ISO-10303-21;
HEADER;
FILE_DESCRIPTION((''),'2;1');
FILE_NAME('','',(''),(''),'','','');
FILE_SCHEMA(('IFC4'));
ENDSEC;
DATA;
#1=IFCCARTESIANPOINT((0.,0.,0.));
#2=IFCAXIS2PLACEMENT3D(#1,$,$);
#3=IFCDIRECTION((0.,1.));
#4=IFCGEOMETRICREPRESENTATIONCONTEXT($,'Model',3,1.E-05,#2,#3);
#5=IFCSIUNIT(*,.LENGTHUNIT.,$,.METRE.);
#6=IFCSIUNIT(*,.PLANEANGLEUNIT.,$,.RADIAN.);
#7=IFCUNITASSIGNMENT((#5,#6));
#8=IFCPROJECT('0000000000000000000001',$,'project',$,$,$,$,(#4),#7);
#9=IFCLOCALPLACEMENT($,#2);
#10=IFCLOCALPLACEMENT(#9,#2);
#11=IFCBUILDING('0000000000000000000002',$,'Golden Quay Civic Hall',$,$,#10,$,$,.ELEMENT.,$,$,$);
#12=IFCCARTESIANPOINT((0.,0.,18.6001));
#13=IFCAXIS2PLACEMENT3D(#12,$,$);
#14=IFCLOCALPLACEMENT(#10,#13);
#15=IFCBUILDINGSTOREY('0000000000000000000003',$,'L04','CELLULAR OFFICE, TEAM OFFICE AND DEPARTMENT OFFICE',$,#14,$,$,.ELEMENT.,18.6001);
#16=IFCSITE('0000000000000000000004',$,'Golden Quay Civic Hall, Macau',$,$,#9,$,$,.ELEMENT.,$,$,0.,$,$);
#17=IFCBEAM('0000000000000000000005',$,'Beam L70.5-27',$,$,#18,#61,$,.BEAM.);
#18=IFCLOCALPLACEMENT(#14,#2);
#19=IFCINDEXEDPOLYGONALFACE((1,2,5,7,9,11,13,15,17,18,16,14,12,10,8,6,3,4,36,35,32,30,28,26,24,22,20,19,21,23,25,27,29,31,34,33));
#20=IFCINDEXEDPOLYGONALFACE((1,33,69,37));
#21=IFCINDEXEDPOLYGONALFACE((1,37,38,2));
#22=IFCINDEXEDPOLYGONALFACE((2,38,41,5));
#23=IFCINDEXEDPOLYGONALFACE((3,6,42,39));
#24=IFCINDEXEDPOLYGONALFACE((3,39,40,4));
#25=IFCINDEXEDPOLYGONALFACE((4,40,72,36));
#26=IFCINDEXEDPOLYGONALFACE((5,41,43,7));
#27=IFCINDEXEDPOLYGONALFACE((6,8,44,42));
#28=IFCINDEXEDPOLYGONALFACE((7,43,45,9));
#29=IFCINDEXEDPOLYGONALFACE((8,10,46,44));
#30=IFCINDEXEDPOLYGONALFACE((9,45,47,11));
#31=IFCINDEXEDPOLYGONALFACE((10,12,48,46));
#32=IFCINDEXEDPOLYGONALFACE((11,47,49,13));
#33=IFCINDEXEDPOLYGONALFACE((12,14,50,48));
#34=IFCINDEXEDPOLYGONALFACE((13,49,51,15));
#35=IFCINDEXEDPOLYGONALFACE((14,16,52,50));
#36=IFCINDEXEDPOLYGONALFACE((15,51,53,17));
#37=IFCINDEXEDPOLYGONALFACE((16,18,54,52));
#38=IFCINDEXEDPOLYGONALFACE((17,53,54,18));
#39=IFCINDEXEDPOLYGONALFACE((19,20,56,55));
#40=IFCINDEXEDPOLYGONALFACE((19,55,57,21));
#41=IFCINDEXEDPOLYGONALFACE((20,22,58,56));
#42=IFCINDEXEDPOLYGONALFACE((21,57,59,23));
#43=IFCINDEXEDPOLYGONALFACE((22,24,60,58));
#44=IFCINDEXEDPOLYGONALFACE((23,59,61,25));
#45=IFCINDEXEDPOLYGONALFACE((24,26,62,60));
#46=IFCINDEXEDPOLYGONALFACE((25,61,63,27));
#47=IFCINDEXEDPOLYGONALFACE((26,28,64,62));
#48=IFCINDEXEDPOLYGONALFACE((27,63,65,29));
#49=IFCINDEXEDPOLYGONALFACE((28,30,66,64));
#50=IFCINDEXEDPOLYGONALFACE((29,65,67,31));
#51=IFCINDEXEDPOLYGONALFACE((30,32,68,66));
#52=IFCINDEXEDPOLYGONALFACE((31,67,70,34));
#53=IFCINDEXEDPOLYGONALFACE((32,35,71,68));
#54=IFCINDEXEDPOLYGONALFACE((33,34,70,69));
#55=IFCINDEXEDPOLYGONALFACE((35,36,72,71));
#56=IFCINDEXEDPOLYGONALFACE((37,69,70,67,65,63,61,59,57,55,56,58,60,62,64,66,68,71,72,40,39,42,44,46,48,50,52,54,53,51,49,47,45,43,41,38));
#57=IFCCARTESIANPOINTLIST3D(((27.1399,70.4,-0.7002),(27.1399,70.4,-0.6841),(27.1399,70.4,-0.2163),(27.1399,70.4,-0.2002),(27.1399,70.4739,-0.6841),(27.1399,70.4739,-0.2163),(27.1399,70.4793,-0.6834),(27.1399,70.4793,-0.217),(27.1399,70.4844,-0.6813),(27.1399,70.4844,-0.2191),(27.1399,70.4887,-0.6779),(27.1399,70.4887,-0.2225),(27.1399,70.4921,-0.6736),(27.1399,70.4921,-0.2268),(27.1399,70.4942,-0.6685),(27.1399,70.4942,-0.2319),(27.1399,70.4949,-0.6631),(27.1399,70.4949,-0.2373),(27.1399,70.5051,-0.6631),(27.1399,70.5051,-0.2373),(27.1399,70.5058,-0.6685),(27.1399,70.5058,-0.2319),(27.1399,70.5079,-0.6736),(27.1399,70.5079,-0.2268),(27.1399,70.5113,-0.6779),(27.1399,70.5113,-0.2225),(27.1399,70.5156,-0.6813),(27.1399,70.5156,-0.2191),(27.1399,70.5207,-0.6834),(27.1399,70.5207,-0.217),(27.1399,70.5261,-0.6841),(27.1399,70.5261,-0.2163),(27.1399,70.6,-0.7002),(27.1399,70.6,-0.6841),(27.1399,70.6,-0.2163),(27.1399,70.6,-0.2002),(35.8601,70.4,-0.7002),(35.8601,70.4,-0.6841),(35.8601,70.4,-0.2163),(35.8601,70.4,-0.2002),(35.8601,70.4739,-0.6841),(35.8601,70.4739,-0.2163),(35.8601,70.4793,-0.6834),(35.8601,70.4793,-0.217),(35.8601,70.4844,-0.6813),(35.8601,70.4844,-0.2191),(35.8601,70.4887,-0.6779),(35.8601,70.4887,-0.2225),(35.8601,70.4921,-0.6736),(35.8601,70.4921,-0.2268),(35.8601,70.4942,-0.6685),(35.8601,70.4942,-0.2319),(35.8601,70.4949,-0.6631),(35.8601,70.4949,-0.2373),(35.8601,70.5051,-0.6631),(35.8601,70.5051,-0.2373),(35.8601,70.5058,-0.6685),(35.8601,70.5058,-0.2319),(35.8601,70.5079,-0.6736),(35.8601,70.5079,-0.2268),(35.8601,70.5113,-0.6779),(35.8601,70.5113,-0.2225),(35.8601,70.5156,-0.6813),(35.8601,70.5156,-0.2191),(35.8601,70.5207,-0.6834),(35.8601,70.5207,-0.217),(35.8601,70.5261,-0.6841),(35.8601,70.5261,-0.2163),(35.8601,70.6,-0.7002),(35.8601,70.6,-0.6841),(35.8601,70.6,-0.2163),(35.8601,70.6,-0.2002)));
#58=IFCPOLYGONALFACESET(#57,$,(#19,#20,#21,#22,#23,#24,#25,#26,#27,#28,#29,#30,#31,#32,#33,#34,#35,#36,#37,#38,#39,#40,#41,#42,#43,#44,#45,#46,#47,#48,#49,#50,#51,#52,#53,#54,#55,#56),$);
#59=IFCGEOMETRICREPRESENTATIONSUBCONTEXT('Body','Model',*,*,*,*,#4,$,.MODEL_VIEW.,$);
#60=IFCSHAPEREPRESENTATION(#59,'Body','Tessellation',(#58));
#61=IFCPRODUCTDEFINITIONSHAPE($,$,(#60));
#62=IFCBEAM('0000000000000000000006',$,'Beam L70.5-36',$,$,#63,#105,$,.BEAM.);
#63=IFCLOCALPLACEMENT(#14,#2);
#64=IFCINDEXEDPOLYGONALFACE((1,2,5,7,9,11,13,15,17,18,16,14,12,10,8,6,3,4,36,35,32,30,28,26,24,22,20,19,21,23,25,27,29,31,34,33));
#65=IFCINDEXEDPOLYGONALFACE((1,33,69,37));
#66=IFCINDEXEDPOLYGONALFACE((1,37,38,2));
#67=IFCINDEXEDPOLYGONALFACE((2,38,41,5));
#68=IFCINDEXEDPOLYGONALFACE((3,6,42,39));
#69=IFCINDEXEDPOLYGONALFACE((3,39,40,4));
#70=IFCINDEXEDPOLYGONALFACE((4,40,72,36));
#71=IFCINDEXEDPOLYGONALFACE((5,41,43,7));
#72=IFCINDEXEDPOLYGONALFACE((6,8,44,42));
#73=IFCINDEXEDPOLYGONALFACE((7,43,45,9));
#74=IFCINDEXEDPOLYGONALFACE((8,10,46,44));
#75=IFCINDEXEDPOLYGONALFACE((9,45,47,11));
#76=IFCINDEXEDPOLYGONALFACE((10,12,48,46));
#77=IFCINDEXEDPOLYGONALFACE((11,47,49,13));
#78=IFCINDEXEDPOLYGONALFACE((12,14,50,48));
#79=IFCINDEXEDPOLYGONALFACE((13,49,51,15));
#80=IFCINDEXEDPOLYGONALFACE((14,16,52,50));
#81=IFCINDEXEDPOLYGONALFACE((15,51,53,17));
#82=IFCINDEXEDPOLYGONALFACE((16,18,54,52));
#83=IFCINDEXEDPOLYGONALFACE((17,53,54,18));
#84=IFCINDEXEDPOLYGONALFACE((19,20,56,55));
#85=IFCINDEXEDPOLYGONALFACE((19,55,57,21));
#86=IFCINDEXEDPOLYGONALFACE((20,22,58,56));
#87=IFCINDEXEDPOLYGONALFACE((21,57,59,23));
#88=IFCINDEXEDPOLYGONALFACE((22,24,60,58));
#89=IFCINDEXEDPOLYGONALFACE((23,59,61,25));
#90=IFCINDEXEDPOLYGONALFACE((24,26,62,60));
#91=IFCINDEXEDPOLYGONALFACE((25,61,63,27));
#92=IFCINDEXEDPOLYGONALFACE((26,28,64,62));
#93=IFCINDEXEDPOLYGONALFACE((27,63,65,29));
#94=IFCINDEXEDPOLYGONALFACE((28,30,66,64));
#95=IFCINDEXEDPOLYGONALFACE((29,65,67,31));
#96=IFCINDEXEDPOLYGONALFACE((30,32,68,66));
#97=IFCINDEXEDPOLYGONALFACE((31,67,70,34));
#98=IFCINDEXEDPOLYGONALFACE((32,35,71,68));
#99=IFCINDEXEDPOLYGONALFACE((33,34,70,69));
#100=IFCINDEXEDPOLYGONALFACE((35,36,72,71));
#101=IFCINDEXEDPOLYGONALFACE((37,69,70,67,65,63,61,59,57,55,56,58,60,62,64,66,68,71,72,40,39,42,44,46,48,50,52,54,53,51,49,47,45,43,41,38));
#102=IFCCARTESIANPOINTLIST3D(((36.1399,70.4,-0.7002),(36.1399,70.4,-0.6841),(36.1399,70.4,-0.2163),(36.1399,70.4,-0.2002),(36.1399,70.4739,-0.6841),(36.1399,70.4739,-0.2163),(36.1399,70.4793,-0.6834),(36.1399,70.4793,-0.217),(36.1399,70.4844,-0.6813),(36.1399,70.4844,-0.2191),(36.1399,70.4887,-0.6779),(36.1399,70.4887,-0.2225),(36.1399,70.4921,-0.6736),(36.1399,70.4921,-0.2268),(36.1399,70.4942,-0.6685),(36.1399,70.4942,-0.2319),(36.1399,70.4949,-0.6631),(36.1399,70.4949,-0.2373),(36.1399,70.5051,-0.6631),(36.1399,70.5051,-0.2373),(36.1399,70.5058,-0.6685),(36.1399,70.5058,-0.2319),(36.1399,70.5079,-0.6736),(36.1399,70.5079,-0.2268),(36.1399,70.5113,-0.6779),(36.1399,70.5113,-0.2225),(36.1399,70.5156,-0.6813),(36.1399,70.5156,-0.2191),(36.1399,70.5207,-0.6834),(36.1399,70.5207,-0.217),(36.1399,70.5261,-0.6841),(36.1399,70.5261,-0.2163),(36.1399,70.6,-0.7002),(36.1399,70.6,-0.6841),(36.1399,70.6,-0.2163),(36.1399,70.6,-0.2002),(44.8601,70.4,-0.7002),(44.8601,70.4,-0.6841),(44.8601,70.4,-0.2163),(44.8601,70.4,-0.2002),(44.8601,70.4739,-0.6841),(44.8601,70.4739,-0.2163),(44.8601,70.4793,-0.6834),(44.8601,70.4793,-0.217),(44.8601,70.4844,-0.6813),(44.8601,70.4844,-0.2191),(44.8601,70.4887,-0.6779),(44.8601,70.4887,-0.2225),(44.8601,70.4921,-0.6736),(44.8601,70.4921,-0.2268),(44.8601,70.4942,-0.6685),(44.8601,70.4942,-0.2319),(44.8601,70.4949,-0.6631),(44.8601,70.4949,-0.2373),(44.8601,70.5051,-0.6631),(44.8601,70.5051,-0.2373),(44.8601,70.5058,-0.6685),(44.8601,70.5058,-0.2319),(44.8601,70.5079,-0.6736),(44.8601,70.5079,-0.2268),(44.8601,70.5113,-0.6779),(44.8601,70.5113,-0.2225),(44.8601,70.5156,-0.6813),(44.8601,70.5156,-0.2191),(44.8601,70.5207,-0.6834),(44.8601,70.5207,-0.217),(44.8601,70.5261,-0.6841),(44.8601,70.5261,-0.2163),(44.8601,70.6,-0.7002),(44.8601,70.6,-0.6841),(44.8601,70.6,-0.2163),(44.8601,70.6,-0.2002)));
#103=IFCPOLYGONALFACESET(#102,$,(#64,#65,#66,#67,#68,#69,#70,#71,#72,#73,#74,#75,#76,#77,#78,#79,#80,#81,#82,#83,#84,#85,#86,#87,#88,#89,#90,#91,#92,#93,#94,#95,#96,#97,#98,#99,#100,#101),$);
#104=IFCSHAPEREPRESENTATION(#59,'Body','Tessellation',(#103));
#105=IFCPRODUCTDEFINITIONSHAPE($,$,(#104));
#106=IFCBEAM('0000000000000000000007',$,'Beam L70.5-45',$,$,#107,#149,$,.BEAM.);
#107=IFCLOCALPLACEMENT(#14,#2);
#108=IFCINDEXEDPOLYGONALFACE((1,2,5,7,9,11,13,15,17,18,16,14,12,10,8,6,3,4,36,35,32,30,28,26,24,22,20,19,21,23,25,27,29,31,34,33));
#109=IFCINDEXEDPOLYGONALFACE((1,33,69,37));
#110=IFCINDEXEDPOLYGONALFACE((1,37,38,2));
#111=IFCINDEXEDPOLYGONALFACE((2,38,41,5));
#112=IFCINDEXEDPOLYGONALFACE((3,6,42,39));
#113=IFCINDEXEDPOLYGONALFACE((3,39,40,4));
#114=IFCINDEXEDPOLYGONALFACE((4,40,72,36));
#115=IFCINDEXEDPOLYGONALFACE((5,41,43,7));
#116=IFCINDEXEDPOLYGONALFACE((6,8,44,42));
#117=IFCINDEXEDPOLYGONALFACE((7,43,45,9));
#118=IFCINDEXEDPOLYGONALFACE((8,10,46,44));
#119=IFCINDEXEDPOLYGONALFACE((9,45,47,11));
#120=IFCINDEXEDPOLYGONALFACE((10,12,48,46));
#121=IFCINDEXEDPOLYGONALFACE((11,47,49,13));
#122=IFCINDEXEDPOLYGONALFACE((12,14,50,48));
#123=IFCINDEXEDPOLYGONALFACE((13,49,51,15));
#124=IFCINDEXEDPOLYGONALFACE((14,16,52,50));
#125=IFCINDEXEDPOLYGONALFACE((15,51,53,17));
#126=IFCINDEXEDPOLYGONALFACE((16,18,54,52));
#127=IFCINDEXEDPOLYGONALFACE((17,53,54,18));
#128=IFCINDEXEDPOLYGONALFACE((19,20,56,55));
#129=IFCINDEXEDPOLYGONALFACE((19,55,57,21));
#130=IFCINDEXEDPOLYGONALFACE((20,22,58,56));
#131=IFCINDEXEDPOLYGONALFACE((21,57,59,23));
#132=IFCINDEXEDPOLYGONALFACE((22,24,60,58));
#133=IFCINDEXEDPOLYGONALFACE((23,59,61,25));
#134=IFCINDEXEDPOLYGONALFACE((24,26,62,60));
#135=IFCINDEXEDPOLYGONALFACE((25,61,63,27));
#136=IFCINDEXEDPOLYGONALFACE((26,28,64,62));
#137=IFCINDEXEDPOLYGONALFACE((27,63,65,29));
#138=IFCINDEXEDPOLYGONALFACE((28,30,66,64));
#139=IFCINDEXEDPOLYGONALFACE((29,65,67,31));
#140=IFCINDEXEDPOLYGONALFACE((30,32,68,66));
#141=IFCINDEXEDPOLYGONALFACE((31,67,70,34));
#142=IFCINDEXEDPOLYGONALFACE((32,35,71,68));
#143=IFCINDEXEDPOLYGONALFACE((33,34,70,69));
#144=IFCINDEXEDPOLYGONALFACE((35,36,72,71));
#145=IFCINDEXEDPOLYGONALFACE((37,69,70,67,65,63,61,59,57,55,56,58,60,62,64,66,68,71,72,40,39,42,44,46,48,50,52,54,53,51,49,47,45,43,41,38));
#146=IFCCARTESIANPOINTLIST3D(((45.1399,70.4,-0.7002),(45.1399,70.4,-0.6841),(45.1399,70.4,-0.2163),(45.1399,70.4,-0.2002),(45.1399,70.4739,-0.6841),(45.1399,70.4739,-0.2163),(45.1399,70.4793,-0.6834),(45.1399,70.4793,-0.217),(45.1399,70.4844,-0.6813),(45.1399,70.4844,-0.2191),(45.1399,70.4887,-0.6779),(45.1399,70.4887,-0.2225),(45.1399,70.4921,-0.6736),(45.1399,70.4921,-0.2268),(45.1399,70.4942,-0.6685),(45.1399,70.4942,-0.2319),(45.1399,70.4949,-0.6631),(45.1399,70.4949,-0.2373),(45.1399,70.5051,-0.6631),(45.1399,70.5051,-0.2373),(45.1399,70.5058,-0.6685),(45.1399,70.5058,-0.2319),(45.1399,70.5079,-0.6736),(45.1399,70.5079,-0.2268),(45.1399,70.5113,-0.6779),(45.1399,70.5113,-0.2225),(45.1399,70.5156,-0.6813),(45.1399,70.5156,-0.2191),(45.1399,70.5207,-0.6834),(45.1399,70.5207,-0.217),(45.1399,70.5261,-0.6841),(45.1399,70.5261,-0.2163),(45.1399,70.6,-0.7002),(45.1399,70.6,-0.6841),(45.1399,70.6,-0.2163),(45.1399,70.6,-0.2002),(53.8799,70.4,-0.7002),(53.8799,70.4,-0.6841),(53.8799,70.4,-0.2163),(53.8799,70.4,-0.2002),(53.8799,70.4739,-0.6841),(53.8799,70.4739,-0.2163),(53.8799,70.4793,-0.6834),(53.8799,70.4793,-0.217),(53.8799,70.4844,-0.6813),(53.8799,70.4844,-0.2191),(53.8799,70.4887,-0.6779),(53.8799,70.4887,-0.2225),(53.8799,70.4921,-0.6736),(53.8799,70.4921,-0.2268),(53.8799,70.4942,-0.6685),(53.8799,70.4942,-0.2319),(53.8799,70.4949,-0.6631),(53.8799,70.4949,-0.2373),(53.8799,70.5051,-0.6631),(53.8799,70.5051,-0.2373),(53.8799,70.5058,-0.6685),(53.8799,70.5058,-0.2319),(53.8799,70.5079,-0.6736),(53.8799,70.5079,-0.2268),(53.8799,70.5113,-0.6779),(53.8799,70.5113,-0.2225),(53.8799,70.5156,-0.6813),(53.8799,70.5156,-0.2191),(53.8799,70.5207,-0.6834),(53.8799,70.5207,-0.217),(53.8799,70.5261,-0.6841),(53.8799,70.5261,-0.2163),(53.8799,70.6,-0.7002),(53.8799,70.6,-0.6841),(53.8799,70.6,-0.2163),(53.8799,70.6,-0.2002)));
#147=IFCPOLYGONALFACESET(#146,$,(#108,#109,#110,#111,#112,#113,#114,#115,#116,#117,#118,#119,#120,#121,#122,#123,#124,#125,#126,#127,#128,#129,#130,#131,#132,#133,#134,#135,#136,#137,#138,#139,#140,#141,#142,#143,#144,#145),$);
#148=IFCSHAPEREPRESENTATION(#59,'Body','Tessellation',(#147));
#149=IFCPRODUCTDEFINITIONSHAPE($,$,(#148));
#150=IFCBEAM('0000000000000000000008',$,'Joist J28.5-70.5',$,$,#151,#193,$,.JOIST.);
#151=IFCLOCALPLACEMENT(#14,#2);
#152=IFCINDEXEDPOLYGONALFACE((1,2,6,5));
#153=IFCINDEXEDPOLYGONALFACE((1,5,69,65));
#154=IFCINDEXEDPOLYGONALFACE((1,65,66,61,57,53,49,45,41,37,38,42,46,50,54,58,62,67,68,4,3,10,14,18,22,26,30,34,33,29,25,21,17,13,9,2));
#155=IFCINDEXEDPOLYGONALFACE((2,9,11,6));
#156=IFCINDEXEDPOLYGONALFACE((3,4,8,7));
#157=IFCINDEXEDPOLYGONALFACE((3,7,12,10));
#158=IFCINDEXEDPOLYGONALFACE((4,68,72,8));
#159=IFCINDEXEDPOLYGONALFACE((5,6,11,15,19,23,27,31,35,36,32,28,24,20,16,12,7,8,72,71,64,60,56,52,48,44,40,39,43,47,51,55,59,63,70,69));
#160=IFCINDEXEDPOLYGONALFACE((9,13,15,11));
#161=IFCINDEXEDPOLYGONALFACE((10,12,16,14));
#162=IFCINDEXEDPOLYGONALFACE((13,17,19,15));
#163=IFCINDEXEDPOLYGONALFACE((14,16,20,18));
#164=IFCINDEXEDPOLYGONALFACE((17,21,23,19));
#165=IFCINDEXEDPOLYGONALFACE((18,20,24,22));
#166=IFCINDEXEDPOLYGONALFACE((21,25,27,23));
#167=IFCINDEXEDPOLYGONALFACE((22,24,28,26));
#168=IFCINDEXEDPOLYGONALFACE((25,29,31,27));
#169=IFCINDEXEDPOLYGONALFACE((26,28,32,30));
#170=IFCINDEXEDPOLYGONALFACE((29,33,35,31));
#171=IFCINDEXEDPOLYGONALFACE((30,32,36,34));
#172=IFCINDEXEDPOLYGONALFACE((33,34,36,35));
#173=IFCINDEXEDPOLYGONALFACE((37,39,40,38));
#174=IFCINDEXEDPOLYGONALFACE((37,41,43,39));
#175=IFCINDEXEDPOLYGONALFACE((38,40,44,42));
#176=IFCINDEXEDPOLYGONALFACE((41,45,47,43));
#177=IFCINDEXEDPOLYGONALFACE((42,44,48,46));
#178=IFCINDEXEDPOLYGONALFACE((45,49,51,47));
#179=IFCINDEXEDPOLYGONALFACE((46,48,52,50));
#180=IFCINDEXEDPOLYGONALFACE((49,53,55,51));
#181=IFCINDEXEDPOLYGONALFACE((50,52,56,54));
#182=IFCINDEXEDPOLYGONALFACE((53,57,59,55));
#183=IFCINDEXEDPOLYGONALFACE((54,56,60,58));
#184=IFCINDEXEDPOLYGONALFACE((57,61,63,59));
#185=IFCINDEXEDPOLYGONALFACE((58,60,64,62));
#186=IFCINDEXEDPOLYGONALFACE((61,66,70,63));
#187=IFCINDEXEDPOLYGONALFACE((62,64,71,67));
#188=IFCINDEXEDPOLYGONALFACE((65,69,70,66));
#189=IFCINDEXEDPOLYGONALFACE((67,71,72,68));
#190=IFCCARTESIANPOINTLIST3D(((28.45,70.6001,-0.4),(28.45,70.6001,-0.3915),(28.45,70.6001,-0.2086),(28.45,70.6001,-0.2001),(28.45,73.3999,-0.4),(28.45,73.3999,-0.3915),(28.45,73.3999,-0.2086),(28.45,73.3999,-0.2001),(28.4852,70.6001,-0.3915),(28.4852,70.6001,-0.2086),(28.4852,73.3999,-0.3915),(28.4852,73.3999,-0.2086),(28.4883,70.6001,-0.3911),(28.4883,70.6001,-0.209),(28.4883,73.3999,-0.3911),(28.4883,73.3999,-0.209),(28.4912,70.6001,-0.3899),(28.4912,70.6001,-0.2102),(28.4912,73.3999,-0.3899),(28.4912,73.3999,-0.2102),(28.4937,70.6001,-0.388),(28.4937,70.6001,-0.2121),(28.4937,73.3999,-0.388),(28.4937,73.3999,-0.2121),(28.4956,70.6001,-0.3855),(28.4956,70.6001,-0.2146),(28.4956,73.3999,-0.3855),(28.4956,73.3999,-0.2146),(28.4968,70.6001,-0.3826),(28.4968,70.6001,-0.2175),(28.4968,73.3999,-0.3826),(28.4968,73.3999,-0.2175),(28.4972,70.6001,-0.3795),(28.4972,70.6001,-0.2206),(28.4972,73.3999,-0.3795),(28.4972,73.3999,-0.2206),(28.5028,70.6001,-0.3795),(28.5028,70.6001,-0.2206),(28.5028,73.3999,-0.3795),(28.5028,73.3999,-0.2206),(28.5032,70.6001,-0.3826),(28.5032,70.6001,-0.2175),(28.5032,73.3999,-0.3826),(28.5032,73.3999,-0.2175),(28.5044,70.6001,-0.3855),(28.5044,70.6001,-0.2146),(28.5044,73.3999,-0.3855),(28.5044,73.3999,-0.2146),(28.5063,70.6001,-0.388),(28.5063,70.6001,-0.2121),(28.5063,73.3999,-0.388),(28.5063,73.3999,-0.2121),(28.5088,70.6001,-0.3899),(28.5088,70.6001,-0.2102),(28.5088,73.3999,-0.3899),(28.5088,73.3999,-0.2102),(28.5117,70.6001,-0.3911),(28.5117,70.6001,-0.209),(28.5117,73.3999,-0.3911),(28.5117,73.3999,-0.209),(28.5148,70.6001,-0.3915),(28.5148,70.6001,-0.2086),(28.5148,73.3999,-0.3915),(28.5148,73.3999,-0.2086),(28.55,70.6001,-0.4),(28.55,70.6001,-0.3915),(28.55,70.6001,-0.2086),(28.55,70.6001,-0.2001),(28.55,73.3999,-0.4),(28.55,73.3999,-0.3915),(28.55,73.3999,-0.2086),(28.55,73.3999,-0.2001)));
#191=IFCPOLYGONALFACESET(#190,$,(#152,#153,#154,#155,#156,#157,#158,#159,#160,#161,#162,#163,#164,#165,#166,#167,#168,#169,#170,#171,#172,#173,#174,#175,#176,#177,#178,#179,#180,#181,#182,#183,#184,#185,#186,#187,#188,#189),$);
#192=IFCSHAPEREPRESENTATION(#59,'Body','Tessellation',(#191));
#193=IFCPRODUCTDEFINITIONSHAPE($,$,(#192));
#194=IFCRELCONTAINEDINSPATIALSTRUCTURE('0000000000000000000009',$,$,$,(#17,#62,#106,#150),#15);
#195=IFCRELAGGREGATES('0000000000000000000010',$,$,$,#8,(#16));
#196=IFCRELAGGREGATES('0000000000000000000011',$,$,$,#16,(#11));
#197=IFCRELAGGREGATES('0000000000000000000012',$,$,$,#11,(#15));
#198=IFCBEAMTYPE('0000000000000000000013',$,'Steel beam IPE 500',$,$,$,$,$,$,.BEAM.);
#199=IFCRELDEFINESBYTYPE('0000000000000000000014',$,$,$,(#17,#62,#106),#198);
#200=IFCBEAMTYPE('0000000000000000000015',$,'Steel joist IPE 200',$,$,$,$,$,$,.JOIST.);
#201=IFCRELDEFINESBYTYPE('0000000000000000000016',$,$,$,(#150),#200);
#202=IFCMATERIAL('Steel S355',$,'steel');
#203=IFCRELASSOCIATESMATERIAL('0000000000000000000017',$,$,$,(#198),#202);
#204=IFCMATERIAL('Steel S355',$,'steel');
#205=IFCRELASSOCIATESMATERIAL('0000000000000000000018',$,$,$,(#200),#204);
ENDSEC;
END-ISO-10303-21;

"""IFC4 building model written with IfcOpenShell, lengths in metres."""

from ifc_helpers import new_model, si_unit, direction, frame, origin, origin_2d, place, context, subcontext, project, spatial, i_section, extrude, material, material_profile, profile_set, type_object, element, save


model = new_model("IFC4")

# Units and contexts
model_context = context("Model", 3, precision=1e-05, world=origin(), true_north=direction((0.0, 1.0)))
body_context = subcontext(model_context, "Body", "Model", "MODEL_VIEW")
ifc_project = project(units=[si_unit("LENGTHUNIT", "METRE"), si_unit("PLANEANGLEUNIT", "RADIAN")], contexts=[model_context])

# Site, building, storey
site_placement = place(None, origin())
site = spatial("IfcSite", under=ifc_project, at=site_placement, Name="Golden Quay Civic Hall, Macau", CompositionType="ELEMENT", RefElevation=0.0)
building_placement = place(site_placement, origin())
building = spatial("IfcBuilding", under=site, at=building_placement, Name="Golden Quay Civic Hall", CompositionType="ELEMENT")
storey_placement = place(building_placement, frame((0.0, 0.0, 18.6001)))
storey = spatial("IfcBuildingStorey", under=building, at=storey_placement, Name="L04", Description="CELLULAR OFFICE, TEAM OFFICE AND DEPARTMENT OFFICE", CompositionType="ELEMENT", Elevation=18.6001)

# Beams
ifc_material_1 = material(Name="Steel S355", Category="steel")
ifc_material_profile_1 = material_profile(ifc_material_1, i_section(OverallWidth=0.2, OverallDepth=0.5, WebThickness=0.0103, FlangeThickness=0.0161, FilletRadius=0.021, at=origin_2d()), Name="IPE 500")
ifc_profile_set_1 = profile_set([ifc_material_profile_1], Name="Steel S355")
beam_type_1 = type_object("IfcBeamType", Name="Steel beam IPE 500", PredefinedType="BEAM", material=ifc_profile_set_1)
for number, where, z_axis, x_axis, name in (
    (1, (27.1399, 70.5, -0.4502), (1.0, 0.0, 0.0), (0.0, 1.0, 0.0), "Beam L70.5-27"),
    (2, (36.1399, 70.5, -0.4502), (1.0, 0.0, 0.0), (0.0, 1.0, 0.0), "Beam L70.5-36"),
):
    element("IfcBeam", number, at=place(storey_placement, frame(where, z_axis=z_axis, x_axis=x_axis)), inside=storey, type_object=beam_type_1, Name=name, PredefinedType="BEAM", context=body_context, shape_type="SweptSolid", body=[
        extrude(i_section(OverallWidth=0.2, OverallDepth=0.5, WebThickness=0.0103, FlangeThickness=0.0161, FilletRadius=0.021, at=origin_2d()), origin(), (0.0, 0.0, 1.0), 8.7202),
    ])
beam_1_placement = place(storey_placement, frame((45.1399, 70.5, -0.4502), z_axis=(1.0, 0.0, 0.0), x_axis=(0.0, 1.0, 0.0)))
element("IfcBeam", 3, at=beam_1_placement, inside=storey, type_object=beam_type_1, Name="Beam L70.5-45", PredefinedType="BEAM", context=body_context, shape_type="SweptSolid", body=[
    extrude(i_section(OverallWidth=0.2, OverallDepth=0.5, WebThickness=0.0103, FlangeThickness=0.0161, FilletRadius=0.021, at=origin_2d()), origin(), (0.0, 0.0, 1.0), 8.74),
])
ifc_material_2 = material(Name="Steel S355", Category="steel")
ifc_material_profile_2 = material_profile(ifc_material_2, i_section(OverallWidth=0.1001, OverallDepth=0.2, WebThickness=0.0056, FlangeThickness=0.0085, FilletRadius=0.012, at=origin_2d()), Name="IPE 200")
ifc_profile_set_2 = profile_set([ifc_material_profile_2], Name="Steel S355")
beam_type_2 = type_object("IfcBeamType", Name="Steel joist IPE 200", PredefinedType="JOIST", material=ifc_profile_set_2)
for number, where, z_axis, x_axis, name in (
    (4, (28.5, 70.6001, -0.3), (0.0, 1.0, 0.0), (-1.0, 0.0, 0.0), "Joist J28.5-70.5"),
):
    element("IfcBeam", number, at=place(storey_placement, frame(where, z_axis=z_axis, x_axis=x_axis)), inside=storey, type_object=beam_type_2, Name=name, PredefinedType="JOIST", context=body_context, shape_type="SweptSolid", body=[
        extrude(i_section(OverallWidth=0.1001, OverallDepth=0.2, WebThickness=0.0056, FlangeThickness=0.0085, FilletRadius=0.012, at=origin_2d()), origin(), (0.0, 0.0, 1.0), 2.7998),
    ])

save(model, "model.ifc")
